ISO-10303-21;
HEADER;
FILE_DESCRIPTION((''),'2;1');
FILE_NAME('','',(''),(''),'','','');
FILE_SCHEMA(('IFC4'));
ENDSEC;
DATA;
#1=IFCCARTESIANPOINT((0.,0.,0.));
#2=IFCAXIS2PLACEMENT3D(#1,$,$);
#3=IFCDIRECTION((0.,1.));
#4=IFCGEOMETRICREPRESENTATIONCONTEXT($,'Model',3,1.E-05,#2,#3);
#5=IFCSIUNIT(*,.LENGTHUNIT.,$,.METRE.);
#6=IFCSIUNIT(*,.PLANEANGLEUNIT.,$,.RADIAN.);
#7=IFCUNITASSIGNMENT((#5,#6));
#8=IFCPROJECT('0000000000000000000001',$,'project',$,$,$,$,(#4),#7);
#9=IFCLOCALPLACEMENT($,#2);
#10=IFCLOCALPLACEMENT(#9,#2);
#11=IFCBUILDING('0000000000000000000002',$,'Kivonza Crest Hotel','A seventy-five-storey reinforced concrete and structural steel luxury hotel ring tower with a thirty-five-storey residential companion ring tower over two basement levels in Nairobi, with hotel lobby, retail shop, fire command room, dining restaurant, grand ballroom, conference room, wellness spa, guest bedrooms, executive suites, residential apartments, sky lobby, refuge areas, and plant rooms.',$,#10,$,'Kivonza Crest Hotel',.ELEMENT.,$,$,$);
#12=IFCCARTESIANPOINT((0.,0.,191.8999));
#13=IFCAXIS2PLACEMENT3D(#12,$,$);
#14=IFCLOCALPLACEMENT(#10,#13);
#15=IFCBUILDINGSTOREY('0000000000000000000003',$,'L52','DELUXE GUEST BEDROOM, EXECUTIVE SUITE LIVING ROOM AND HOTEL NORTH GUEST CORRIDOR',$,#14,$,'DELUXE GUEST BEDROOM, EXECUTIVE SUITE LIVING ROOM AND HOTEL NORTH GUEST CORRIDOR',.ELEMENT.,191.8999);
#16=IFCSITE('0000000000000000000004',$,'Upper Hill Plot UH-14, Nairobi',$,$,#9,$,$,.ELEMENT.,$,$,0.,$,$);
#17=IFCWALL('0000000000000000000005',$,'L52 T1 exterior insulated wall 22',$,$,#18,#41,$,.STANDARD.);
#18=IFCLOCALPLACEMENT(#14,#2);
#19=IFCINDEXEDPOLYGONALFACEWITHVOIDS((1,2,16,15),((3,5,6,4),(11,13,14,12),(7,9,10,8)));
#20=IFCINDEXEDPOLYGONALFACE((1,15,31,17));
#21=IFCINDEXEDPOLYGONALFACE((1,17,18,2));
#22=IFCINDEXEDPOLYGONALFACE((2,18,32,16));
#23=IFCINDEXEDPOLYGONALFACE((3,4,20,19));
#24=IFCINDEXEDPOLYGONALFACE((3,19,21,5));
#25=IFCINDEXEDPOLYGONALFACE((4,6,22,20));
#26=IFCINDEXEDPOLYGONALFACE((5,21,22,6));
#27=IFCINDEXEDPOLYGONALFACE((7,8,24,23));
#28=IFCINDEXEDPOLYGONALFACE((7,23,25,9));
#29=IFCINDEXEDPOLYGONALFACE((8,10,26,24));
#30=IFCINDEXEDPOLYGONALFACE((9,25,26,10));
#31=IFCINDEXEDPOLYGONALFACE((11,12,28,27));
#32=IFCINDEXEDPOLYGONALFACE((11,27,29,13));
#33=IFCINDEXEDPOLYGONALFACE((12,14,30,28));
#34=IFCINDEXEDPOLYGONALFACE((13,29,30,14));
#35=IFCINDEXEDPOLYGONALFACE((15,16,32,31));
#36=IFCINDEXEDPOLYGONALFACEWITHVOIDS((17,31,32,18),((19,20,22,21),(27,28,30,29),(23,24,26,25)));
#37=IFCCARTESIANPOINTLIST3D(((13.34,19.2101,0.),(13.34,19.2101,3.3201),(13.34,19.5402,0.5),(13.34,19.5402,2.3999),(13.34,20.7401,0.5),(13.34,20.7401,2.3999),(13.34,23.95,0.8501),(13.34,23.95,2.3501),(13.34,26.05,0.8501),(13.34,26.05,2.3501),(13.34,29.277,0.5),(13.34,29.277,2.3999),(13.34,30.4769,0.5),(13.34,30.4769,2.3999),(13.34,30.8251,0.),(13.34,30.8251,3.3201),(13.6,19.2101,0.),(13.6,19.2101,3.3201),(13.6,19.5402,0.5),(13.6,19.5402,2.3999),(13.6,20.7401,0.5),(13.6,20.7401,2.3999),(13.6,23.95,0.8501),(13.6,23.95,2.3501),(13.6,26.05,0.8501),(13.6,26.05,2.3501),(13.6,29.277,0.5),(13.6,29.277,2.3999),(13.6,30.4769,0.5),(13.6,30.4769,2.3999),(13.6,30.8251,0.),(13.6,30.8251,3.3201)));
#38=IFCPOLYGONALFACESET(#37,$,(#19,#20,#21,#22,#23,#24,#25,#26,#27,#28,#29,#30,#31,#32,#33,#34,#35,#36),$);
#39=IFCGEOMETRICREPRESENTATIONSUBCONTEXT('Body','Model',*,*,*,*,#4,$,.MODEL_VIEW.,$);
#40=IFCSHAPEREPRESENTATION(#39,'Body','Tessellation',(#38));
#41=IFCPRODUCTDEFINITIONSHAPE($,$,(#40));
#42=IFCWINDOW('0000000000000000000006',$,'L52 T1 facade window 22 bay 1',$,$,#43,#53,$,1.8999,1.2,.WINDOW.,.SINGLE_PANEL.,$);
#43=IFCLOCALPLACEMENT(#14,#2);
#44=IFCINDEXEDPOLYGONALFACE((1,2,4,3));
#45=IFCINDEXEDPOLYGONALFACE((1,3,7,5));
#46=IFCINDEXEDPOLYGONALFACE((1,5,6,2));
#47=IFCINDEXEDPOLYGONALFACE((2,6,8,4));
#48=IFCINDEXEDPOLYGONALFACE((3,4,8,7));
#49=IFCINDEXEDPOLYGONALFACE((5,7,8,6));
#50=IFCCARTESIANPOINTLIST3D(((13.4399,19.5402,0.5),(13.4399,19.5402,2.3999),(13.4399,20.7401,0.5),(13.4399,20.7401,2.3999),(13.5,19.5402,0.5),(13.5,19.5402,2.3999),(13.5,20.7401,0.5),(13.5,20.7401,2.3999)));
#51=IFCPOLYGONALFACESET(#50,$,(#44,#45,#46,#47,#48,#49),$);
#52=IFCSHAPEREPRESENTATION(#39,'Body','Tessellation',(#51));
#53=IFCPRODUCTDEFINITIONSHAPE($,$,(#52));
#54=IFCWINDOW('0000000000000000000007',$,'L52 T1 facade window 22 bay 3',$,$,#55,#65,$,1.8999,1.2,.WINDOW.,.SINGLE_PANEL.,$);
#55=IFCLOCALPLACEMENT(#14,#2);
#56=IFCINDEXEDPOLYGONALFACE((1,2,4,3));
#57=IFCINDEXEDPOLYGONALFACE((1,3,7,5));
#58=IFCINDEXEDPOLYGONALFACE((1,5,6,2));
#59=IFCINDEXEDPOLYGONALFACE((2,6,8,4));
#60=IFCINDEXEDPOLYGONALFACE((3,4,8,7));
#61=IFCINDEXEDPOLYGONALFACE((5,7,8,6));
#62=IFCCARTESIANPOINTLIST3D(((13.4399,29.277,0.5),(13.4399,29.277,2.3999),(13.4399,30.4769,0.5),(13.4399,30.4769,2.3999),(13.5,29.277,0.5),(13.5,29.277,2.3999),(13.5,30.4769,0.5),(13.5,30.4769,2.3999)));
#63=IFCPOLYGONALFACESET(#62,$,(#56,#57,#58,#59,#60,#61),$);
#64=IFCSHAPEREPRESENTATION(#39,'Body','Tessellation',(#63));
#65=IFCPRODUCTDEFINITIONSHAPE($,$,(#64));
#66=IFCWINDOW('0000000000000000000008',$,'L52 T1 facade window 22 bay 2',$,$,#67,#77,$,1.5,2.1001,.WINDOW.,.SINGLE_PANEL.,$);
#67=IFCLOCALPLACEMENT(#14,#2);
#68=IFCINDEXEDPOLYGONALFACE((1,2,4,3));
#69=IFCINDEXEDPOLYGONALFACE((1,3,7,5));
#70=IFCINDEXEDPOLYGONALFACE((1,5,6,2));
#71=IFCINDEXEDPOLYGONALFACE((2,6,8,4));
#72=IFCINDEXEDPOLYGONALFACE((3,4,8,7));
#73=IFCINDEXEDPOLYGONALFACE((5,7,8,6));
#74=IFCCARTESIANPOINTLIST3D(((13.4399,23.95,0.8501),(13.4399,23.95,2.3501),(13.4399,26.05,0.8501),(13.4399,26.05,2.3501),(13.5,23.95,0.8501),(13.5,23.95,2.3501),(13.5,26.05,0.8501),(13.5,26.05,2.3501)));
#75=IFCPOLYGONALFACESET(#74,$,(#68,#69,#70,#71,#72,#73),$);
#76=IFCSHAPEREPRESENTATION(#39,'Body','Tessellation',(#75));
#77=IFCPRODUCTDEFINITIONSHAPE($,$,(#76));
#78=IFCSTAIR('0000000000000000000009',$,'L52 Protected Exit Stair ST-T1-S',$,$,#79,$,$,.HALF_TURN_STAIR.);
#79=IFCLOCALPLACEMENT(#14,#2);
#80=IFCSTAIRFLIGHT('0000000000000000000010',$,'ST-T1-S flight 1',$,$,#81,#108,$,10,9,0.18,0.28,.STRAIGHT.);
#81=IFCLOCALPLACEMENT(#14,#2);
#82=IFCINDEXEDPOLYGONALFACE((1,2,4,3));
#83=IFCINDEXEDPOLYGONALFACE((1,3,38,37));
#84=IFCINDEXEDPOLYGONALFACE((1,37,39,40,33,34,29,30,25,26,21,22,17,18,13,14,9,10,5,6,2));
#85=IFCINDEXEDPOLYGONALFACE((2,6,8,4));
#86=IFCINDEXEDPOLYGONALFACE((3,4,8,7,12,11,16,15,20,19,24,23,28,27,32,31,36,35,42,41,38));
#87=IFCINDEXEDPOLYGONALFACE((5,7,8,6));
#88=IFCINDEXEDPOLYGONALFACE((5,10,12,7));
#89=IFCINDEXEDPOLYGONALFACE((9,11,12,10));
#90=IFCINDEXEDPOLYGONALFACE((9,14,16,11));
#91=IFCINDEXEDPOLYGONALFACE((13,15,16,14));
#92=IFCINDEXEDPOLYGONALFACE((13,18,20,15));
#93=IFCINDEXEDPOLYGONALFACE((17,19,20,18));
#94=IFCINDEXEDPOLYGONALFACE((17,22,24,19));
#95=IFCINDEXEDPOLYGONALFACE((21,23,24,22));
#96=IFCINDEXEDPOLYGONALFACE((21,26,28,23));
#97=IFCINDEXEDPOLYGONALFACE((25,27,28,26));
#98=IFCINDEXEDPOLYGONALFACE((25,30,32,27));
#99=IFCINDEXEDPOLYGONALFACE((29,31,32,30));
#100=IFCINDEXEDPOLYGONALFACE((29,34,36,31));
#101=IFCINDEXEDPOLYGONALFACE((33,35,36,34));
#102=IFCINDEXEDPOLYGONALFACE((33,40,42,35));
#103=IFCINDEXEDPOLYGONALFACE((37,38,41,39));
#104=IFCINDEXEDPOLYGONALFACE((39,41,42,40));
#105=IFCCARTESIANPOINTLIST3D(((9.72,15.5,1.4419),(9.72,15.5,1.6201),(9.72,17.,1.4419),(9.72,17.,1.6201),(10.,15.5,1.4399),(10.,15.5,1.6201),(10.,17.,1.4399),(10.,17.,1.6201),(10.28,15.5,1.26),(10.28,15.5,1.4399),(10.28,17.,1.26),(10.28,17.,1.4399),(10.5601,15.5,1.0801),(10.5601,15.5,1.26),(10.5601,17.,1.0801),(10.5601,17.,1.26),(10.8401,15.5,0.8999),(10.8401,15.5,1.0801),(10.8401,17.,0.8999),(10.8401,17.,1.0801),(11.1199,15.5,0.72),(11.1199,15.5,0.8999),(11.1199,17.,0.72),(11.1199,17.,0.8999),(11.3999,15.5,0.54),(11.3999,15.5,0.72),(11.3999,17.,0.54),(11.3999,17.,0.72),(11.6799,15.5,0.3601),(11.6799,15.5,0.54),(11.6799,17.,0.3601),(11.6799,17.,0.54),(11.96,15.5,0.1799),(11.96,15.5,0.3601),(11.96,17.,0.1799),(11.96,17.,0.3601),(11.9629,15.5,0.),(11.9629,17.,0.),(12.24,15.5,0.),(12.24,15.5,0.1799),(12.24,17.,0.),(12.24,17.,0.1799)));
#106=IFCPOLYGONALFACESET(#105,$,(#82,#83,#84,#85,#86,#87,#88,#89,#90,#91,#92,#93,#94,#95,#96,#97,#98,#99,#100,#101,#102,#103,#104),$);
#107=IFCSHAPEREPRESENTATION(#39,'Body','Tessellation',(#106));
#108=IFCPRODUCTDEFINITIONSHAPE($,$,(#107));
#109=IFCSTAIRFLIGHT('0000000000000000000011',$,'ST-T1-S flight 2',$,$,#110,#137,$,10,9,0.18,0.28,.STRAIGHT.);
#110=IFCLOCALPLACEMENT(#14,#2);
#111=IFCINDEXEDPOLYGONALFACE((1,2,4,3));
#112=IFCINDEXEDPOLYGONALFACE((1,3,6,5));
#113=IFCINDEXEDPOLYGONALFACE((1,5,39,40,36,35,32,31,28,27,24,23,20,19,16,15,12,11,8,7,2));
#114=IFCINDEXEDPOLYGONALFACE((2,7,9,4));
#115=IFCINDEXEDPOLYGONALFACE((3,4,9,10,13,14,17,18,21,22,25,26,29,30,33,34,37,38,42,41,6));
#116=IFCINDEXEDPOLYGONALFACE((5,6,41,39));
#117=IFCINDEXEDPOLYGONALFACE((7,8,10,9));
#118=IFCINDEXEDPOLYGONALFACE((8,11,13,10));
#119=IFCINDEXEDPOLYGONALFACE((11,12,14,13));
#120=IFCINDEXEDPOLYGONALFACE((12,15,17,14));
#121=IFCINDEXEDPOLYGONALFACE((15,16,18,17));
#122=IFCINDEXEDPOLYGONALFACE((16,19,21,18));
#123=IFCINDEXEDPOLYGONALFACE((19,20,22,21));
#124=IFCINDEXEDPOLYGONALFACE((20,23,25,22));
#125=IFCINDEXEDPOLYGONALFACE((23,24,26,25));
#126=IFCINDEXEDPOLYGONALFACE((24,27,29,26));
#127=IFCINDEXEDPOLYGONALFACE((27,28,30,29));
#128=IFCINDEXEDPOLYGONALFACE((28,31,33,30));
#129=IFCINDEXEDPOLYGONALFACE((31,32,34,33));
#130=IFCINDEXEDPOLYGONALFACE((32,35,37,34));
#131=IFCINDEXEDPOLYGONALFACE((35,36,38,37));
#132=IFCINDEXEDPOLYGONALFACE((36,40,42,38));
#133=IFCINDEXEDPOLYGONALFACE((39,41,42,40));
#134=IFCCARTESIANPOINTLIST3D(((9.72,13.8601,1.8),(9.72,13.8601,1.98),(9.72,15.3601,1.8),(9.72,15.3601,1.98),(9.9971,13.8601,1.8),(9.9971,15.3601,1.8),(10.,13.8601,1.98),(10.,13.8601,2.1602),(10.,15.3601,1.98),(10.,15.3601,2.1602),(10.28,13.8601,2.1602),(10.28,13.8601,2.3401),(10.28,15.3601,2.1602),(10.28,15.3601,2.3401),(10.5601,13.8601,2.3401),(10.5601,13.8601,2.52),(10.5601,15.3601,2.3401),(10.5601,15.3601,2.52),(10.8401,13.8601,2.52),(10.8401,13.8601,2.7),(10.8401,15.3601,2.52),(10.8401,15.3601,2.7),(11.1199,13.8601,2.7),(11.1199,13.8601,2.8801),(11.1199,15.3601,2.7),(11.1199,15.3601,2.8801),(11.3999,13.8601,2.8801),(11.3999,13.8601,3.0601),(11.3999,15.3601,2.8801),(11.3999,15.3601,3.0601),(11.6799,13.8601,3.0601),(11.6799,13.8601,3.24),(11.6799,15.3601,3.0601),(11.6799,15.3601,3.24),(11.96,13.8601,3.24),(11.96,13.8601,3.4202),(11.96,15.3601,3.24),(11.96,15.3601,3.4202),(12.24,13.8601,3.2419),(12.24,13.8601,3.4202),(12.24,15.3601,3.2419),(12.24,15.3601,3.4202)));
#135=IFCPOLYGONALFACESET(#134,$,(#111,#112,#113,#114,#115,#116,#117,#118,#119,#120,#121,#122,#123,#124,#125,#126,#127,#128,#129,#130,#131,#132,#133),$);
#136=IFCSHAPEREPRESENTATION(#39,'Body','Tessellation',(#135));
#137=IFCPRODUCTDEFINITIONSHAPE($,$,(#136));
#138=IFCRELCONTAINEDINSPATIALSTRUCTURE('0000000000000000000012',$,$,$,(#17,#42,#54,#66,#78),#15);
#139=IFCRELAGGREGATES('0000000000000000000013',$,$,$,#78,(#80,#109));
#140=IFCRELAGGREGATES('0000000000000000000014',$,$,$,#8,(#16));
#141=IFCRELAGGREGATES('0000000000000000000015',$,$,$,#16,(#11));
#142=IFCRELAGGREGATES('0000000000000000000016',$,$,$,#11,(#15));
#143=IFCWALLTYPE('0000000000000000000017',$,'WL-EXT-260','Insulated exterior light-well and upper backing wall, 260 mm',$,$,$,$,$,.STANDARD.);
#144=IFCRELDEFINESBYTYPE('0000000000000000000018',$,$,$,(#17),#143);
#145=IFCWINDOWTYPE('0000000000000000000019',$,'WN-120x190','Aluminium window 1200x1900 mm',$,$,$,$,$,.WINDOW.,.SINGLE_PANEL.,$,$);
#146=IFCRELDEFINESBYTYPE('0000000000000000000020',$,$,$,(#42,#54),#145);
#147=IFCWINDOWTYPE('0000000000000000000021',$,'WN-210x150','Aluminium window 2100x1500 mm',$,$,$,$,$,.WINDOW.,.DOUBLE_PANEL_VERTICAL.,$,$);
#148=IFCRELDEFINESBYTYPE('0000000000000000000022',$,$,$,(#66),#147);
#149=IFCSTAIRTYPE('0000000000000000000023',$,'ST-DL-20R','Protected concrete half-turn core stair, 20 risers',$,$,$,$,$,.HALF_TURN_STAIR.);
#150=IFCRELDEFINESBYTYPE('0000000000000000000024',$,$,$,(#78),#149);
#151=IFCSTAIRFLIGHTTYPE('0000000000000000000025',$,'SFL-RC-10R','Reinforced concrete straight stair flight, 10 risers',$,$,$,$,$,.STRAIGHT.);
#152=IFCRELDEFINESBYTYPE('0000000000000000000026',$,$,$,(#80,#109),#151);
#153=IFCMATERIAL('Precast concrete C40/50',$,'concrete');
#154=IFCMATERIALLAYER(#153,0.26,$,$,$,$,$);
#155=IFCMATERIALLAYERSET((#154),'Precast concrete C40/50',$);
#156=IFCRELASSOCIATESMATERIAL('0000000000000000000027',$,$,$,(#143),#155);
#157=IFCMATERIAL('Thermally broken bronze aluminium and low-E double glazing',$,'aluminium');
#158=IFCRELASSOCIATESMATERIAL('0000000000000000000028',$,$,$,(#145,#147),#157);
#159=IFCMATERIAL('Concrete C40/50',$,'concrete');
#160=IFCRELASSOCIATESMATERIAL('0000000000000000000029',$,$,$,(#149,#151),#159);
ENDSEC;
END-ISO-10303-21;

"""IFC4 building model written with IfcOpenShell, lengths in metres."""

from ifc_helpers import new_model, si_unit, direction, frame, frame_2d, origin, place, context, subcontext, project, spatial, polyline, rectangle, outline, extrude, material, layer, layer_set, type_object, element, fill, aggregate, save


model = new_model("IFC4")

# Units and contexts
model_context = context("Model", 3, precision=1e-05, world=origin(), true_north=direction((0.0, 1.0)))
body_context = subcontext(model_context, "Body", "Model", "MODEL_VIEW")
ifc_project = project(units=[si_unit("LENGTHUNIT", "METRE"), si_unit("PLANEANGLEUNIT", "RADIAN")], contexts=[model_context])

# Site, building, storey
site_placement = place(None, origin())
site = spatial("IfcSite", under=ifc_project, at=site_placement, Name="Upper Hill Plot UH-14, Nairobi", CompositionType="ELEMENT", RefElevation=0.0)
building_placement = place(site_placement, origin())
building = spatial("IfcBuilding", under=site, at=building_placement, Name="Kivonza Crest Hotel", Description="A seventy-five-storey reinforced concrete and structural steel luxury hotel ring tower with a thirty-five-storey residential companion ring tower over two basement levels in Nairobi, with hotel lobby, retail shop, fire command room, dining restaurant, grand ballroom, conference room, wellness spa, guest bedrooms, executive suites, residential apartments, sky lobby, refuge areas, and plant rooms.", LongName="Kivonza Crest Hotel", CompositionType="ELEMENT")
storey_placement = place(building_placement, frame((0.0, 0.0, 191.8999)))
storey = spatial("IfcBuildingStorey", under=building, at=storey_placement, Name="L52", Description="DELUXE GUEST BEDROOM, EXECUTIVE SUITE LIVING ROOM AND HOTEL NORTH GUEST CORRIDOR", LongName="DELUXE GUEST BEDROOM, EXECUTIVE SUITE LIVING ROOM AND HOTEL NORTH GUEST CORRIDOR", CompositionType="ELEMENT", Elevation=191.8999)

# Shared definitions
ifc_material_1 = material(Name="Precast concrete C40/50", Category="concrete")
ifc_layer_1 = layer(ifc_material_1, 0.26)
ifc_layer_set_1 = layer_set([ifc_layer_1], Name="Precast concrete C40/50")
wall_type_1 = type_object("IfcWallType", Name="WL-EXT-260", Description="Insulated exterior light-well and upper backing wall, 260 mm", PredefinedType="STANDARD", material=ifc_layer_set_1)
ifc_material_2 = material(Name="Thermally broken bronze aluminium and low-E double glazing", Category="aluminium")

# Wall, openings, windows
wall_1_placement = place(storey_placement, frame((13.47, 19.21, 0.0), z_axis=(0.0, 0.0, 1.0), x_axis=(0.0, 1.0, 0.0)))
wall_1 = element("IfcWall", 1, at=wall_1_placement, inside=storey, type_object=wall_type_1, Name="L52 T1 exterior insulated wall 22", PredefinedType="STANDARD", context=body_context, shape_type="SweptSolid", body=[
    extrude(rectangle(XDim=11.615, YDim=0.26, at=frame_2d((5.8076, 0.0))), origin(), (0.0, 0.0, 1.0), 3.3201),
])
opening_1_placement = place(wall_1_placement, frame((0.3301, 0.0, 0.5)))
opening_1 = element("IfcOpeningElement", 2, at=opening_1_placement, cuts=wall_1, PredefinedType="OPENING", context=body_context, shape_type="SweptSolid", body=[
    extrude(rectangle(XDim=1.2, YDim=1.8999, at=frame_2d((0.6001, 0.95))), frame((0.0, 0.1401, 0.0), z_axis=(0.0, -1.0, 0.0), x_axis=(1.0, 0.0, 0.0)), (0.0, 0.0, 1.0), 0.28),
])
opening_2_placement = place(wall_1_placement, frame((4.74, 0.0, 0.8501)))
opening_2 = element("IfcOpeningElement", 3, at=opening_2_placement, cuts=wall_1, PredefinedType="OPENING", context=body_context, shape_type="SweptSolid", body=[
    extrude(rectangle(XDim=2.1001, YDim=1.5, at=frame_2d((1.05, 0.75))), frame((0.0, 0.1401, 0.0), z_axis=(0.0, -1.0, 0.0), x_axis=(1.0, 0.0, 0.0)), (0.0, 0.0, 1.0), 0.28),
])
opening_3_placement = place(wall_1_placement, frame((10.0669, 0.0, 0.5)))
opening_3 = element("IfcOpeningElement", 4, at=opening_3_placement, cuts=wall_1, PredefinedType="OPENING", context=body_context, shape_type="SweptSolid", body=[
    extrude(rectangle(XDim=1.2, YDim=1.8999, at=frame_2d((0.6001, 0.95))), frame((0.0, 0.1401, 0.0), z_axis=(0.0, -1.0, 0.0), x_axis=(1.0, 0.0, 0.0)), (0.0, 0.0, 1.0), 0.28),
])
window_type_1 = type_object("IfcWindowType", Name="WN-120x190", Description="Aluminium window 1200x1900 mm", PartitioningType="SINGLE_PANEL", PredefinedType="WINDOW", material=ifc_material_2)
window_1_placement = place(opening_1_placement, origin())
window_1 = element("IfcWindow", 5, at=window_1_placement, inside=storey, type_object=window_type_1, Name="L52 T1 facade window 22 bay 1", OverallHeight=1.8999, OverallWidth=1.2, PartitioningType="SINGLE_PANEL", PredefinedType="WINDOW", context=body_context, shape_type="SweptSolid", body=[
    extrude(rectangle(XDim=1.2, YDim=1.8999, at=frame_2d((0.6001, 0.95))), frame((0.0, 0.03, 0.0), z_axis=(0.0, -1.0, 0.0), x_axis=(1.0, 0.0, 0.0)), (0.0, 0.0, 1.0), 0.0601),
])
fill(opening_1, window_1)
window_2_placement = place(opening_3_placement, origin())
window_2 = element("IfcWindow", 6, at=window_2_placement, inside=storey, type_object=window_type_1, Name="L52 T1 facade window 22 bay 3", OverallHeight=1.8999, OverallWidth=1.2, PartitioningType="SINGLE_PANEL", PredefinedType="WINDOW", context=body_context, shape_type="SweptSolid", body=[
    extrude(rectangle(XDim=1.2, YDim=1.8999, at=frame_2d((0.6001, 0.95))), frame((0.0, 0.03, 0.0), z_axis=(0.0, -1.0, 0.0), x_axis=(1.0, 0.0, 0.0)), (0.0, 0.0, 1.0), 0.0601),
])
fill(opening_3, window_2)
window_type_2 = type_object("IfcWindowType", Name="WN-210x150", Description="Aluminium window 2100x1500 mm", PartitioningType="DOUBLE_PANEL_VERTICAL", PredefinedType="WINDOW", material=ifc_material_2)
window_3_placement = place(opening_2_placement, origin())
window_3 = element("IfcWindow", 7, at=window_3_placement, inside=storey, type_object=window_type_2, Name="L52 T1 facade window 22 bay 2", OverallHeight=1.5, OverallWidth=2.1001, PartitioningType="SINGLE_PANEL", PredefinedType="WINDOW", context=body_context, shape_type="SweptSolid", body=[
    extrude(rectangle(XDim=2.1001, YDim=1.5, at=frame_2d((1.05, 0.75))), frame((0.0, 0.03, 0.0), z_axis=(0.0, -1.0, 0.0), x_axis=(1.0, 0.0, 0.0)), (0.0, 0.0, 1.0), 0.0601),
])
fill(opening_2, window_3)

# Stair, stair flights
ifc_material_3 = material(Name="Concrete C40/50", Category="concrete")
stair_type = type_object("IfcStairType", Name="ST-DL-20R", Description="Protected concrete half-turn core stair, 20 risers", PredefinedType="HALF_TURN_STAIR", material=ifc_material_3)
stair_placement = place(storey_placement, origin())
stair = element("IfcStair", 8, at=stair_placement, inside=storey, type_object=stair_type, Name="L52 Protected Exit Stair ST-T1-S", PredefinedType="HALF_TURN_STAIR")
stair_flight_type = type_object("IfcStairFlightType", Name="SFL-RC-10R", Description="Reinforced concrete straight stair flight, 10 risers", PredefinedType="STRAIGHT", material=ifc_material_3)
stair_flight_1_placement = place(storey_placement, frame((12.24, 16.25, 0.0), z_axis=(0.0, 0.0, 1.0), x_axis=(-1.0, 0.0, 0.0)))
stair_flight_1 = element("IfcStairFlight", 9, at=stair_flight_1_placement, type_object=stair_flight_type, Name="ST-T1-S flight 1", NumberOfRisers=10, NumberOfTreads=9, PredefinedType="STRAIGHT", RiserHeight=0.18, TreadLength=0.28, context=body_context, shape_type="SweptSolid", body=[
    extrude(outline(polyline([(0.0, 0.0), (0.0, 0.1799), (0.28, 0.1799), (0.28, 0.3601), (0.5601, 0.3601), (0.5601, 0.54), (0.8401, 0.54), (0.8401, 0.72), (1.1201, 0.72), (1.1201, 0.8999), (1.3999, 0.8999), (1.3999, 1.0801), (1.6799, 1.0801), (1.6799, 1.26), (1.96, 1.26), (1.96, 1.4399), (2.24, 1.4399), (2.24, 1.6201), (2.52, 1.6201), (2.52, 1.8), (2.52, 1.4419), (0.2771, 0.0), (0.0, 0.0)])), frame((0.0, 0.75, 0.0), z_axis=(0.0, -1.0, 0.0), x_axis=(1.0, 0.0, 0.0)), (0.0, 0.0, 1.0), 1.5),
])
stair_flight_2_placement = place(storey_placement, frame((9.72, 14.6101, 1.8), z_axis=(0.0, 0.0, 1.0), x_axis=(1.0, 0.0, 0.0)))
stair_flight_2 = element("IfcStairFlight", 10, at=stair_flight_2_placement, type_object=stair_flight_type, Name="ST-T1-S flight 2", NumberOfRisers=10, NumberOfTreads=9, PredefinedType="STRAIGHT", RiserHeight=0.18, TreadLength=0.28, context=body_context, shape_type="SweptSolid", body=[
    extrude(outline(polyline([(0.0, 0.0), (0.0, 0.1799), (0.28, 0.1799), (0.28, 0.3601), (0.5601, 0.3601), (0.5601, 0.54), (0.8401, 0.54), (0.8401, 0.72), (1.1201, 0.72), (1.1201, 0.8999), (1.3999, 0.8999), (1.3999, 1.0801), (1.6799, 1.0801), (1.6799, 1.26), (1.96, 1.26), (1.96, 1.4399), (2.24, 1.4399), (2.24, 1.6201), (2.52, 1.6201), (2.52, 1.8), (2.52, 1.4419), (0.2771, 0.0), (0.0, 0.0)])), frame((0.0, 0.75, 0.0), z_axis=(0.0, -1.0, 0.0), x_axis=(1.0, 0.0, 0.0)), (0.0, 0.0, 1.0), 1.5),
])
aggregate(stair, [stair_flight_1, stair_flight_2])

save(model, "model.ifc")
